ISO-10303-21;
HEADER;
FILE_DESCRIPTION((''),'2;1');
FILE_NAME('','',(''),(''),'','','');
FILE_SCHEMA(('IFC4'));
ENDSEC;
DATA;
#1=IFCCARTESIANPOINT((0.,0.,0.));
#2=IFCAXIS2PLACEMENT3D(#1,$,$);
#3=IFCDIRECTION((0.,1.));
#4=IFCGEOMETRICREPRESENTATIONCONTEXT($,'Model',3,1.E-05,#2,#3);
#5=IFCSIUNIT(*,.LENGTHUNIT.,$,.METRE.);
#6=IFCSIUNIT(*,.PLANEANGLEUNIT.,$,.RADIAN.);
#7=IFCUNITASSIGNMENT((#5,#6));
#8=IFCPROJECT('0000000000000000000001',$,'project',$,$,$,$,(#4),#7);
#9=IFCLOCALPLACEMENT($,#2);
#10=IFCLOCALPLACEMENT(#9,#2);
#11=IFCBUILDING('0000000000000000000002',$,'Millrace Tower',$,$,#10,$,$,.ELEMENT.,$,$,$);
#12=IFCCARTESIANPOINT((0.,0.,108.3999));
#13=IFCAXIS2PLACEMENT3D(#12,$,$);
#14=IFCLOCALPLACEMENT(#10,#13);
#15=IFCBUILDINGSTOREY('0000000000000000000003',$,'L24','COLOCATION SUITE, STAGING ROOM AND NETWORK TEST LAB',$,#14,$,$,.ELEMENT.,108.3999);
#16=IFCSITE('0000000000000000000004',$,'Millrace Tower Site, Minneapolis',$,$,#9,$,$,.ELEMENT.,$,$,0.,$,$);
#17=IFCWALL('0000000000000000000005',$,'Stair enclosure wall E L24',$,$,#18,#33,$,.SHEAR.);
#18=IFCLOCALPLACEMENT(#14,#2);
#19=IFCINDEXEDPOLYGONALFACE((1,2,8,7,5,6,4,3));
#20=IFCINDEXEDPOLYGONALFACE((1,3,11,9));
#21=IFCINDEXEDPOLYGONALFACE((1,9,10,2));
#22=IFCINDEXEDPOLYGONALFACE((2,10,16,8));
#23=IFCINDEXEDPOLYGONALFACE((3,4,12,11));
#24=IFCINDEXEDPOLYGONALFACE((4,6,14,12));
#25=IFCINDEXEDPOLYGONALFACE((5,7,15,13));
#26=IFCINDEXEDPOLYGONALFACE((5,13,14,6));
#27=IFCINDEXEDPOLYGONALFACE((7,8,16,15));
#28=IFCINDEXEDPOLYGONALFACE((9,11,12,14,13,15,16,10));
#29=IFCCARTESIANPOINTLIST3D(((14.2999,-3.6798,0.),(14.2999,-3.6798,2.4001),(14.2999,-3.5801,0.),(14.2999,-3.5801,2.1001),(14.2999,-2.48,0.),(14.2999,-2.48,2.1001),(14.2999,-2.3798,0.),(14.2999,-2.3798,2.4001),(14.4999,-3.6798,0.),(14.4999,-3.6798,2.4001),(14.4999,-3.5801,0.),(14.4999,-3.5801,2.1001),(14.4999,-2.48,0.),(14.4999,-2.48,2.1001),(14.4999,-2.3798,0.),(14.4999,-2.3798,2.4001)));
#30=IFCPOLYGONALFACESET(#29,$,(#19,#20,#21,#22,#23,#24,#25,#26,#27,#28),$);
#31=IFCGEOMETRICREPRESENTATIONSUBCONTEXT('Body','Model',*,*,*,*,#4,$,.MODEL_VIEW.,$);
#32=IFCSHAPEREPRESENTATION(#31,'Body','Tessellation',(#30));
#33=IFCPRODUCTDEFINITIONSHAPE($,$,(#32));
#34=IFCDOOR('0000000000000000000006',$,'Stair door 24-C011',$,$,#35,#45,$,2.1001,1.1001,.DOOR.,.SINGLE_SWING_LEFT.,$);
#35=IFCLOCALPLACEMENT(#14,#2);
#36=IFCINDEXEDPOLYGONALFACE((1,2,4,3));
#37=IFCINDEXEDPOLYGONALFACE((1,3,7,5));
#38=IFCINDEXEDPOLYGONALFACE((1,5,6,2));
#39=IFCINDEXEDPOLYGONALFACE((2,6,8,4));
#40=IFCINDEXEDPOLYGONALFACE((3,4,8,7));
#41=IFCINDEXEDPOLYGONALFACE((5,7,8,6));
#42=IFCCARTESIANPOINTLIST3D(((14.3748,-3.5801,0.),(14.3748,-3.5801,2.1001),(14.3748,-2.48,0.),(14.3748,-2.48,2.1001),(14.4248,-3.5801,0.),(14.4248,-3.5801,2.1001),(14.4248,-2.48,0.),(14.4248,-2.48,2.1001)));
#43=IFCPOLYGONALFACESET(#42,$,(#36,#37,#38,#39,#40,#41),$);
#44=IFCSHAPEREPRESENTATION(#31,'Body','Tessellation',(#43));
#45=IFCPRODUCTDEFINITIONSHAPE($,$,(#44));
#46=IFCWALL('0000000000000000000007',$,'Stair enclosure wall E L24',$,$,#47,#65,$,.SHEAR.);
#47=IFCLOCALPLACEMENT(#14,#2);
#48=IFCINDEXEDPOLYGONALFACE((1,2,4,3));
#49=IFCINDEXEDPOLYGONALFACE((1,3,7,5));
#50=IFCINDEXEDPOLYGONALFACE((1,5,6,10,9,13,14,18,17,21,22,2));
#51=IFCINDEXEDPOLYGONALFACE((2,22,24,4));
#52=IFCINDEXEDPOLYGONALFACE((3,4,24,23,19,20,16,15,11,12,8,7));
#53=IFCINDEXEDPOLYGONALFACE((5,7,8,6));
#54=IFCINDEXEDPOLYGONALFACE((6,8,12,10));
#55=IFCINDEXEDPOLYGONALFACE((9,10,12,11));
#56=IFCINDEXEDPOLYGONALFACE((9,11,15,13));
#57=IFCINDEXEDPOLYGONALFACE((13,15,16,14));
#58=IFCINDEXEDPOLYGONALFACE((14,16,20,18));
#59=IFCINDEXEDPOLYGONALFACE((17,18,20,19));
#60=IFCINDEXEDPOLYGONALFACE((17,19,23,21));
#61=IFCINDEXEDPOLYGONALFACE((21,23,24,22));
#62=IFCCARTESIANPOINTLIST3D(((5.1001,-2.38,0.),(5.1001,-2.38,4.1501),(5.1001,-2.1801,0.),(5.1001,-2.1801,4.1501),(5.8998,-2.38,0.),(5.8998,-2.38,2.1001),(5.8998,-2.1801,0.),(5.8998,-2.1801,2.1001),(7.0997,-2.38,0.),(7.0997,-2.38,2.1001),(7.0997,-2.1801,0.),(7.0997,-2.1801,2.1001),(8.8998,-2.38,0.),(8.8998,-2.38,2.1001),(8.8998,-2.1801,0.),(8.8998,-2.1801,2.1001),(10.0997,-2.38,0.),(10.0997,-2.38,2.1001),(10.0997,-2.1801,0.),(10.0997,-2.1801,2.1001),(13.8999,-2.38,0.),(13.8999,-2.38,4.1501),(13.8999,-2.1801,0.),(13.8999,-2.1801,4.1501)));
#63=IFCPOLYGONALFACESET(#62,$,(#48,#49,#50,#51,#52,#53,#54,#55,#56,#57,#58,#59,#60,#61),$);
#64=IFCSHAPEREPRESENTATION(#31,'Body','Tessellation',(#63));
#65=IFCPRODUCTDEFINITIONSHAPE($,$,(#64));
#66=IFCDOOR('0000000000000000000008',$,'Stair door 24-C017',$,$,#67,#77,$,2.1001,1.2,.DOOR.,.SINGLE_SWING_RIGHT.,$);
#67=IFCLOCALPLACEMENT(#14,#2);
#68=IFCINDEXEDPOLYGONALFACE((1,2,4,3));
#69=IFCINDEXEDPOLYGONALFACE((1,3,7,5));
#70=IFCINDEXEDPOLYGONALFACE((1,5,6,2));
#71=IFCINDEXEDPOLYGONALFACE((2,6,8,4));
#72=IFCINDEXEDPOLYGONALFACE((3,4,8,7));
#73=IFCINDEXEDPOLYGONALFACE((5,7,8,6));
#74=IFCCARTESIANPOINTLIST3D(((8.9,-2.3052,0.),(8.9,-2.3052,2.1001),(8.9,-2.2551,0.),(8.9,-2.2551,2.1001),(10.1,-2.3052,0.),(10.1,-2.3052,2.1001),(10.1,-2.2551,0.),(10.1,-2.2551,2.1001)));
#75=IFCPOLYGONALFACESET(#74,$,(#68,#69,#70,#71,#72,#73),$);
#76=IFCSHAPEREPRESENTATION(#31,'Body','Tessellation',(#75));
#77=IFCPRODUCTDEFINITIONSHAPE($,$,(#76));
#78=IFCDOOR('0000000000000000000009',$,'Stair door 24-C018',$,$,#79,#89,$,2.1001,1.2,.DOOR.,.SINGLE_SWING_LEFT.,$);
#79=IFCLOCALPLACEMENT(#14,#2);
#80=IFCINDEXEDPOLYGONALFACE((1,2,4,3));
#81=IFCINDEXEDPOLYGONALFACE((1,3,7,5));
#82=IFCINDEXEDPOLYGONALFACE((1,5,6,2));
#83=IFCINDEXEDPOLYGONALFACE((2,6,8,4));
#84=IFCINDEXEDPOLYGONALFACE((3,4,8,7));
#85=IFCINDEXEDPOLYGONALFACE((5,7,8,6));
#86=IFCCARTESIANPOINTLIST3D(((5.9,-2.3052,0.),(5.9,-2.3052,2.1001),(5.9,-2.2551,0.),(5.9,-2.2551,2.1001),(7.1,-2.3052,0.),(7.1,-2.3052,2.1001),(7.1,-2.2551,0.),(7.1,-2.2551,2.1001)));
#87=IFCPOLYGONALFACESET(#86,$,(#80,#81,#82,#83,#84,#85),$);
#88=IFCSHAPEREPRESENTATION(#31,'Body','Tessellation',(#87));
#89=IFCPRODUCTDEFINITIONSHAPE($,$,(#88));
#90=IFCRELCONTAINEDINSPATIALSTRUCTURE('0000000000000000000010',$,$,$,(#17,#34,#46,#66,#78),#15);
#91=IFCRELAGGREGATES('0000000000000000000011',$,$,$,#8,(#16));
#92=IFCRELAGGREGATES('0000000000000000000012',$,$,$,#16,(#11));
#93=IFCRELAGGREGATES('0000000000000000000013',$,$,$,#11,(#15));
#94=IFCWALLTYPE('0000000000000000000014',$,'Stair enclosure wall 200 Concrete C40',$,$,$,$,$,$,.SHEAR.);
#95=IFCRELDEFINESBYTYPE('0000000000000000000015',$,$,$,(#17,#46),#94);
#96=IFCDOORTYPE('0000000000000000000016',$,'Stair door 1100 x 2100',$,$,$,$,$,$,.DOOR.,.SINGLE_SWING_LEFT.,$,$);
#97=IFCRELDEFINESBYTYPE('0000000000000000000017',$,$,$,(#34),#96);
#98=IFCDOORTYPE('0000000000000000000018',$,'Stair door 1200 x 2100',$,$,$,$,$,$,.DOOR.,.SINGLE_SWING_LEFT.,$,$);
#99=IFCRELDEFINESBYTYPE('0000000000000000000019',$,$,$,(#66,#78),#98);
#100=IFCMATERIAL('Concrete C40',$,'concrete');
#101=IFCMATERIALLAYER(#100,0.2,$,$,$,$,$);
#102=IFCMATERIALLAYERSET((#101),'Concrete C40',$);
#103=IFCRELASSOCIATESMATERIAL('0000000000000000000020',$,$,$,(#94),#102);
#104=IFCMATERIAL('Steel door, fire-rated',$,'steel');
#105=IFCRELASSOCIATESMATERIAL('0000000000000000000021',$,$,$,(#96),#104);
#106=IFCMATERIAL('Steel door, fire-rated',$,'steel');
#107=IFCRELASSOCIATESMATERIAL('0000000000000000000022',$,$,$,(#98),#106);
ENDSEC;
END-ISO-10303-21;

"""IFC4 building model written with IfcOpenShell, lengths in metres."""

from ifc_helpers import new_model, si_unit, direction, frame, frame_2d, origin, place, context, subcontext, project, spatial, rectangle, extrude, material, layer, layer_set, type_object, element, fill, save


model = new_model("IFC4")

# Units and contexts
model_context = context("Model", 3, precision=1e-05, world=origin(), true_north=direction((0.0, 1.0)))
body_context = subcontext(model_context, "Body", "Model", "MODEL_VIEW")
ifc_project = project(units=[si_unit("LENGTHUNIT", "METRE"), si_unit("PLANEANGLEUNIT", "RADIAN")], contexts=[model_context])

# Site, building, storey
site_placement = place(None, origin())
site = spatial("IfcSite", under=ifc_project, at=site_placement, Name="Millrace Tower Site, Minneapolis", CompositionType="ELEMENT", RefElevation=0.0)
building_placement = place(site_placement, origin())
building = spatial("IfcBuilding", under=site, at=building_placement, Name="Millrace Tower", CompositionType="ELEMENT")
storey_placement = place(building_placement, frame((0.0, 0.0, 108.3999)))
storey = spatial("IfcBuildingStorey", under=building, at=storey_placement, Name="L24", Description="COLOCATION SUITE, STAGING ROOM AND NETWORK TEST LAB", CompositionType="ELEMENT", Elevation=108.3999)

# Wall, opening, door
ifc_material_1 = material(Name="Concrete C40", Category="concrete")
ifc_layer_1 = layer(ifc_material_1, 0.2)
ifc_layer_set_1 = layer_set([ifc_layer_1], Name="Concrete C40")
wall_type_1 = type_object("IfcWallType", Name="Stair enclosure wall 200 Concrete C40", PredefinedType="SHEAR", material=ifc_layer_set_1)
wall_1_placement = place(storey_placement, frame((14.3999, -2.3799, 0.0), z_axis=(0.0, 0.0, 1.0), x_axis=(0.0, -1.0, 0.0)))
wall_1 = element("IfcWall", 1, at=wall_1_placement, inside=storey, type_object=wall_type_1, Name="Stair enclosure wall E L24", PredefinedType="SHEAR", context=body_context, shape_type="SweptSolid", body=[
    extrude(rectangle(XDim=1.3, YDim=0.2, at=frame_2d((0.6499, 0.0))), origin(), (0.0, 0.0, 1.0), 2.4001),
])
opening_1_placement = place(wall_1_placement, frame((0.1001, 0.0, 0.0)))
opening_1 = element("IfcOpeningElement", 2, at=opening_1_placement, cuts=wall_1, PredefinedType="OPENING", context=body_context, shape_type="SweptSolid", body=[
    extrude(rectangle(XDim=1.1001, YDim=2.1001, at=frame_2d((0.55, 1.05))), frame((0.0, 0.1099, 0.0), z_axis=(0.0, -1.0, 0.0), x_axis=(1.0, 0.0, 0.0)), (0.0, 0.0, 1.0), 0.22),
])
ifc_material_2 = material(Name="Steel door, fire-rated", Category="steel")
door_type_1 = type_object("IfcDoorType", Name="Stair door 1100 x 2100", OperationType="SINGLE_SWING_LEFT", PredefinedType="DOOR", material=ifc_material_2)
door_1_placement = place(opening_1_placement, origin())
door_1 = element("IfcDoor", 3, at=door_1_placement, inside=storey, type_object=door_type_1, Name="Stair door 24-C011", OperationType="SINGLE_SWING_LEFT", OverallHeight=2.1001, OverallWidth=1.1001, PredefinedType="DOOR", context=body_context, shape_type="SweptSolid", body=[
    extrude(rectangle(XDim=1.1001, YDim=2.1001, at=frame_2d((0.55, 1.05))), frame((0.0, 0.0249, 0.0), z_axis=(0.0, -1.0, 0.0), x_axis=(1.0, 0.0, 0.0)), (0.0, 0.0, 1.0), 0.05),
])
fill(opening_1, door_1)

# Wall, openings, doors
wall_2_placement = place(storey_placement, frame((13.8999, -2.28, 0.0), z_axis=(0.0, 0.0, 1.0), x_axis=(-1.0, 0.0, 0.0)))
wall_2 = element("IfcWall", 4, at=wall_2_placement, inside=storey, type_object=wall_type_1, Name="Stair enclosure wall E L24", PredefinedType="SHEAR", context=body_context, shape_type="SweptSolid", body=[
    extrude(rectangle(XDim=8.7998, YDim=0.2, at=frame_2d((4.3999, 0.0))), origin(), (0.0, 0.0, 1.0), 4.1501),
])
opening_2_placement = place(wall_2_placement, frame((3.8, 0.0, 0.0)))
opening_2 = element("IfcOpeningElement", 5, at=opening_2_placement, cuts=wall_2, PredefinedType="OPENING", context=body_context, shape_type="SweptSolid", body=[
    extrude(rectangle(XDim=1.2, YDim=2.1001, at=frame_2d((0.6001, 1.05))), frame((0.0, 0.1099, 0.0), z_axis=(0.0, -1.0, 0.0), x_axis=(1.0, 0.0, 0.0)), (0.0, 0.0, 1.0), 0.22),
])
opening_3_placement = place(wall_2_placement, frame((6.8, 0.0, 0.0)))
opening_3 = element("IfcOpeningElement", 6, at=opening_3_placement, cuts=wall_2, PredefinedType="OPENING", context=body_context, shape_type="SweptSolid", body=[
    extrude(rectangle(XDim=1.2, YDim=2.1001, at=frame_2d((0.6001, 1.05))), frame((0.0, 0.1099, 0.0), z_axis=(0.0, -1.0, 0.0), x_axis=(1.0, 0.0, 0.0)), (0.0, 0.0, 1.0), 0.22),
])
ifc_material_3 = material(Name="Steel door, fire-rated", Category="steel")
door_type_2 = type_object("IfcDoorType", Name="Stair door 1200 x 2100", OperationType="SINGLE_SWING_LEFT", PredefinedType="DOOR", material=ifc_material_3)
door_2_placement = place(opening_2_placement, frame((1.2, 0.0, 0.0), z_axis=(0.0, 0.0, 1.0), x_axis=(-1.0, 0.0, 0.0)))
door_2 = element("IfcDoor", 7, at=door_2_placement, inside=storey, type_object=door_type_2, Name="Stair door 24-C017", OperationType="SINGLE_SWING_RIGHT", OverallHeight=2.1001, OverallWidth=1.2, PredefinedType="DOOR", context=body_context, shape_type="SweptSolid", body=[
    extrude(rectangle(XDim=1.2, YDim=2.1001, at=frame_2d((0.6001, 1.05))), frame((0.0, 0.0249, 0.0), z_axis=(0.0, -1.0, 0.0), x_axis=(1.0, 0.0, 0.0)), (0.0, 0.0, 1.0), 0.05),
])
fill(opening_2, door_2)
door_3_placement = place(opening_3_placement, frame((1.2, 0.0, 0.0), z_axis=(0.0, 0.0, 1.0), x_axis=(-1.0, 0.0, 0.0)))
door_3 = element("IfcDoor", 8, at=door_3_placement, inside=storey, type_object=door_type_2, Name="Stair door 24-C018", OperationType="SINGLE_SWING_LEFT", OverallHeight=2.1001, OverallWidth=1.2, PredefinedType="DOOR", context=body_context, shape_type="SweptSolid", body=[
    extrude(rectangle(XDim=1.2, YDim=2.1001, at=frame_2d((0.6001, 1.05))), frame((0.0, 0.0249, 0.0), z_axis=(0.0, -1.0, 0.0), x_axis=(1.0, 0.0, 0.0)), (0.0, 0.0, 1.0), 0.05),
])
fill(opening_3, door_3)

save(model, "model.ifc")
